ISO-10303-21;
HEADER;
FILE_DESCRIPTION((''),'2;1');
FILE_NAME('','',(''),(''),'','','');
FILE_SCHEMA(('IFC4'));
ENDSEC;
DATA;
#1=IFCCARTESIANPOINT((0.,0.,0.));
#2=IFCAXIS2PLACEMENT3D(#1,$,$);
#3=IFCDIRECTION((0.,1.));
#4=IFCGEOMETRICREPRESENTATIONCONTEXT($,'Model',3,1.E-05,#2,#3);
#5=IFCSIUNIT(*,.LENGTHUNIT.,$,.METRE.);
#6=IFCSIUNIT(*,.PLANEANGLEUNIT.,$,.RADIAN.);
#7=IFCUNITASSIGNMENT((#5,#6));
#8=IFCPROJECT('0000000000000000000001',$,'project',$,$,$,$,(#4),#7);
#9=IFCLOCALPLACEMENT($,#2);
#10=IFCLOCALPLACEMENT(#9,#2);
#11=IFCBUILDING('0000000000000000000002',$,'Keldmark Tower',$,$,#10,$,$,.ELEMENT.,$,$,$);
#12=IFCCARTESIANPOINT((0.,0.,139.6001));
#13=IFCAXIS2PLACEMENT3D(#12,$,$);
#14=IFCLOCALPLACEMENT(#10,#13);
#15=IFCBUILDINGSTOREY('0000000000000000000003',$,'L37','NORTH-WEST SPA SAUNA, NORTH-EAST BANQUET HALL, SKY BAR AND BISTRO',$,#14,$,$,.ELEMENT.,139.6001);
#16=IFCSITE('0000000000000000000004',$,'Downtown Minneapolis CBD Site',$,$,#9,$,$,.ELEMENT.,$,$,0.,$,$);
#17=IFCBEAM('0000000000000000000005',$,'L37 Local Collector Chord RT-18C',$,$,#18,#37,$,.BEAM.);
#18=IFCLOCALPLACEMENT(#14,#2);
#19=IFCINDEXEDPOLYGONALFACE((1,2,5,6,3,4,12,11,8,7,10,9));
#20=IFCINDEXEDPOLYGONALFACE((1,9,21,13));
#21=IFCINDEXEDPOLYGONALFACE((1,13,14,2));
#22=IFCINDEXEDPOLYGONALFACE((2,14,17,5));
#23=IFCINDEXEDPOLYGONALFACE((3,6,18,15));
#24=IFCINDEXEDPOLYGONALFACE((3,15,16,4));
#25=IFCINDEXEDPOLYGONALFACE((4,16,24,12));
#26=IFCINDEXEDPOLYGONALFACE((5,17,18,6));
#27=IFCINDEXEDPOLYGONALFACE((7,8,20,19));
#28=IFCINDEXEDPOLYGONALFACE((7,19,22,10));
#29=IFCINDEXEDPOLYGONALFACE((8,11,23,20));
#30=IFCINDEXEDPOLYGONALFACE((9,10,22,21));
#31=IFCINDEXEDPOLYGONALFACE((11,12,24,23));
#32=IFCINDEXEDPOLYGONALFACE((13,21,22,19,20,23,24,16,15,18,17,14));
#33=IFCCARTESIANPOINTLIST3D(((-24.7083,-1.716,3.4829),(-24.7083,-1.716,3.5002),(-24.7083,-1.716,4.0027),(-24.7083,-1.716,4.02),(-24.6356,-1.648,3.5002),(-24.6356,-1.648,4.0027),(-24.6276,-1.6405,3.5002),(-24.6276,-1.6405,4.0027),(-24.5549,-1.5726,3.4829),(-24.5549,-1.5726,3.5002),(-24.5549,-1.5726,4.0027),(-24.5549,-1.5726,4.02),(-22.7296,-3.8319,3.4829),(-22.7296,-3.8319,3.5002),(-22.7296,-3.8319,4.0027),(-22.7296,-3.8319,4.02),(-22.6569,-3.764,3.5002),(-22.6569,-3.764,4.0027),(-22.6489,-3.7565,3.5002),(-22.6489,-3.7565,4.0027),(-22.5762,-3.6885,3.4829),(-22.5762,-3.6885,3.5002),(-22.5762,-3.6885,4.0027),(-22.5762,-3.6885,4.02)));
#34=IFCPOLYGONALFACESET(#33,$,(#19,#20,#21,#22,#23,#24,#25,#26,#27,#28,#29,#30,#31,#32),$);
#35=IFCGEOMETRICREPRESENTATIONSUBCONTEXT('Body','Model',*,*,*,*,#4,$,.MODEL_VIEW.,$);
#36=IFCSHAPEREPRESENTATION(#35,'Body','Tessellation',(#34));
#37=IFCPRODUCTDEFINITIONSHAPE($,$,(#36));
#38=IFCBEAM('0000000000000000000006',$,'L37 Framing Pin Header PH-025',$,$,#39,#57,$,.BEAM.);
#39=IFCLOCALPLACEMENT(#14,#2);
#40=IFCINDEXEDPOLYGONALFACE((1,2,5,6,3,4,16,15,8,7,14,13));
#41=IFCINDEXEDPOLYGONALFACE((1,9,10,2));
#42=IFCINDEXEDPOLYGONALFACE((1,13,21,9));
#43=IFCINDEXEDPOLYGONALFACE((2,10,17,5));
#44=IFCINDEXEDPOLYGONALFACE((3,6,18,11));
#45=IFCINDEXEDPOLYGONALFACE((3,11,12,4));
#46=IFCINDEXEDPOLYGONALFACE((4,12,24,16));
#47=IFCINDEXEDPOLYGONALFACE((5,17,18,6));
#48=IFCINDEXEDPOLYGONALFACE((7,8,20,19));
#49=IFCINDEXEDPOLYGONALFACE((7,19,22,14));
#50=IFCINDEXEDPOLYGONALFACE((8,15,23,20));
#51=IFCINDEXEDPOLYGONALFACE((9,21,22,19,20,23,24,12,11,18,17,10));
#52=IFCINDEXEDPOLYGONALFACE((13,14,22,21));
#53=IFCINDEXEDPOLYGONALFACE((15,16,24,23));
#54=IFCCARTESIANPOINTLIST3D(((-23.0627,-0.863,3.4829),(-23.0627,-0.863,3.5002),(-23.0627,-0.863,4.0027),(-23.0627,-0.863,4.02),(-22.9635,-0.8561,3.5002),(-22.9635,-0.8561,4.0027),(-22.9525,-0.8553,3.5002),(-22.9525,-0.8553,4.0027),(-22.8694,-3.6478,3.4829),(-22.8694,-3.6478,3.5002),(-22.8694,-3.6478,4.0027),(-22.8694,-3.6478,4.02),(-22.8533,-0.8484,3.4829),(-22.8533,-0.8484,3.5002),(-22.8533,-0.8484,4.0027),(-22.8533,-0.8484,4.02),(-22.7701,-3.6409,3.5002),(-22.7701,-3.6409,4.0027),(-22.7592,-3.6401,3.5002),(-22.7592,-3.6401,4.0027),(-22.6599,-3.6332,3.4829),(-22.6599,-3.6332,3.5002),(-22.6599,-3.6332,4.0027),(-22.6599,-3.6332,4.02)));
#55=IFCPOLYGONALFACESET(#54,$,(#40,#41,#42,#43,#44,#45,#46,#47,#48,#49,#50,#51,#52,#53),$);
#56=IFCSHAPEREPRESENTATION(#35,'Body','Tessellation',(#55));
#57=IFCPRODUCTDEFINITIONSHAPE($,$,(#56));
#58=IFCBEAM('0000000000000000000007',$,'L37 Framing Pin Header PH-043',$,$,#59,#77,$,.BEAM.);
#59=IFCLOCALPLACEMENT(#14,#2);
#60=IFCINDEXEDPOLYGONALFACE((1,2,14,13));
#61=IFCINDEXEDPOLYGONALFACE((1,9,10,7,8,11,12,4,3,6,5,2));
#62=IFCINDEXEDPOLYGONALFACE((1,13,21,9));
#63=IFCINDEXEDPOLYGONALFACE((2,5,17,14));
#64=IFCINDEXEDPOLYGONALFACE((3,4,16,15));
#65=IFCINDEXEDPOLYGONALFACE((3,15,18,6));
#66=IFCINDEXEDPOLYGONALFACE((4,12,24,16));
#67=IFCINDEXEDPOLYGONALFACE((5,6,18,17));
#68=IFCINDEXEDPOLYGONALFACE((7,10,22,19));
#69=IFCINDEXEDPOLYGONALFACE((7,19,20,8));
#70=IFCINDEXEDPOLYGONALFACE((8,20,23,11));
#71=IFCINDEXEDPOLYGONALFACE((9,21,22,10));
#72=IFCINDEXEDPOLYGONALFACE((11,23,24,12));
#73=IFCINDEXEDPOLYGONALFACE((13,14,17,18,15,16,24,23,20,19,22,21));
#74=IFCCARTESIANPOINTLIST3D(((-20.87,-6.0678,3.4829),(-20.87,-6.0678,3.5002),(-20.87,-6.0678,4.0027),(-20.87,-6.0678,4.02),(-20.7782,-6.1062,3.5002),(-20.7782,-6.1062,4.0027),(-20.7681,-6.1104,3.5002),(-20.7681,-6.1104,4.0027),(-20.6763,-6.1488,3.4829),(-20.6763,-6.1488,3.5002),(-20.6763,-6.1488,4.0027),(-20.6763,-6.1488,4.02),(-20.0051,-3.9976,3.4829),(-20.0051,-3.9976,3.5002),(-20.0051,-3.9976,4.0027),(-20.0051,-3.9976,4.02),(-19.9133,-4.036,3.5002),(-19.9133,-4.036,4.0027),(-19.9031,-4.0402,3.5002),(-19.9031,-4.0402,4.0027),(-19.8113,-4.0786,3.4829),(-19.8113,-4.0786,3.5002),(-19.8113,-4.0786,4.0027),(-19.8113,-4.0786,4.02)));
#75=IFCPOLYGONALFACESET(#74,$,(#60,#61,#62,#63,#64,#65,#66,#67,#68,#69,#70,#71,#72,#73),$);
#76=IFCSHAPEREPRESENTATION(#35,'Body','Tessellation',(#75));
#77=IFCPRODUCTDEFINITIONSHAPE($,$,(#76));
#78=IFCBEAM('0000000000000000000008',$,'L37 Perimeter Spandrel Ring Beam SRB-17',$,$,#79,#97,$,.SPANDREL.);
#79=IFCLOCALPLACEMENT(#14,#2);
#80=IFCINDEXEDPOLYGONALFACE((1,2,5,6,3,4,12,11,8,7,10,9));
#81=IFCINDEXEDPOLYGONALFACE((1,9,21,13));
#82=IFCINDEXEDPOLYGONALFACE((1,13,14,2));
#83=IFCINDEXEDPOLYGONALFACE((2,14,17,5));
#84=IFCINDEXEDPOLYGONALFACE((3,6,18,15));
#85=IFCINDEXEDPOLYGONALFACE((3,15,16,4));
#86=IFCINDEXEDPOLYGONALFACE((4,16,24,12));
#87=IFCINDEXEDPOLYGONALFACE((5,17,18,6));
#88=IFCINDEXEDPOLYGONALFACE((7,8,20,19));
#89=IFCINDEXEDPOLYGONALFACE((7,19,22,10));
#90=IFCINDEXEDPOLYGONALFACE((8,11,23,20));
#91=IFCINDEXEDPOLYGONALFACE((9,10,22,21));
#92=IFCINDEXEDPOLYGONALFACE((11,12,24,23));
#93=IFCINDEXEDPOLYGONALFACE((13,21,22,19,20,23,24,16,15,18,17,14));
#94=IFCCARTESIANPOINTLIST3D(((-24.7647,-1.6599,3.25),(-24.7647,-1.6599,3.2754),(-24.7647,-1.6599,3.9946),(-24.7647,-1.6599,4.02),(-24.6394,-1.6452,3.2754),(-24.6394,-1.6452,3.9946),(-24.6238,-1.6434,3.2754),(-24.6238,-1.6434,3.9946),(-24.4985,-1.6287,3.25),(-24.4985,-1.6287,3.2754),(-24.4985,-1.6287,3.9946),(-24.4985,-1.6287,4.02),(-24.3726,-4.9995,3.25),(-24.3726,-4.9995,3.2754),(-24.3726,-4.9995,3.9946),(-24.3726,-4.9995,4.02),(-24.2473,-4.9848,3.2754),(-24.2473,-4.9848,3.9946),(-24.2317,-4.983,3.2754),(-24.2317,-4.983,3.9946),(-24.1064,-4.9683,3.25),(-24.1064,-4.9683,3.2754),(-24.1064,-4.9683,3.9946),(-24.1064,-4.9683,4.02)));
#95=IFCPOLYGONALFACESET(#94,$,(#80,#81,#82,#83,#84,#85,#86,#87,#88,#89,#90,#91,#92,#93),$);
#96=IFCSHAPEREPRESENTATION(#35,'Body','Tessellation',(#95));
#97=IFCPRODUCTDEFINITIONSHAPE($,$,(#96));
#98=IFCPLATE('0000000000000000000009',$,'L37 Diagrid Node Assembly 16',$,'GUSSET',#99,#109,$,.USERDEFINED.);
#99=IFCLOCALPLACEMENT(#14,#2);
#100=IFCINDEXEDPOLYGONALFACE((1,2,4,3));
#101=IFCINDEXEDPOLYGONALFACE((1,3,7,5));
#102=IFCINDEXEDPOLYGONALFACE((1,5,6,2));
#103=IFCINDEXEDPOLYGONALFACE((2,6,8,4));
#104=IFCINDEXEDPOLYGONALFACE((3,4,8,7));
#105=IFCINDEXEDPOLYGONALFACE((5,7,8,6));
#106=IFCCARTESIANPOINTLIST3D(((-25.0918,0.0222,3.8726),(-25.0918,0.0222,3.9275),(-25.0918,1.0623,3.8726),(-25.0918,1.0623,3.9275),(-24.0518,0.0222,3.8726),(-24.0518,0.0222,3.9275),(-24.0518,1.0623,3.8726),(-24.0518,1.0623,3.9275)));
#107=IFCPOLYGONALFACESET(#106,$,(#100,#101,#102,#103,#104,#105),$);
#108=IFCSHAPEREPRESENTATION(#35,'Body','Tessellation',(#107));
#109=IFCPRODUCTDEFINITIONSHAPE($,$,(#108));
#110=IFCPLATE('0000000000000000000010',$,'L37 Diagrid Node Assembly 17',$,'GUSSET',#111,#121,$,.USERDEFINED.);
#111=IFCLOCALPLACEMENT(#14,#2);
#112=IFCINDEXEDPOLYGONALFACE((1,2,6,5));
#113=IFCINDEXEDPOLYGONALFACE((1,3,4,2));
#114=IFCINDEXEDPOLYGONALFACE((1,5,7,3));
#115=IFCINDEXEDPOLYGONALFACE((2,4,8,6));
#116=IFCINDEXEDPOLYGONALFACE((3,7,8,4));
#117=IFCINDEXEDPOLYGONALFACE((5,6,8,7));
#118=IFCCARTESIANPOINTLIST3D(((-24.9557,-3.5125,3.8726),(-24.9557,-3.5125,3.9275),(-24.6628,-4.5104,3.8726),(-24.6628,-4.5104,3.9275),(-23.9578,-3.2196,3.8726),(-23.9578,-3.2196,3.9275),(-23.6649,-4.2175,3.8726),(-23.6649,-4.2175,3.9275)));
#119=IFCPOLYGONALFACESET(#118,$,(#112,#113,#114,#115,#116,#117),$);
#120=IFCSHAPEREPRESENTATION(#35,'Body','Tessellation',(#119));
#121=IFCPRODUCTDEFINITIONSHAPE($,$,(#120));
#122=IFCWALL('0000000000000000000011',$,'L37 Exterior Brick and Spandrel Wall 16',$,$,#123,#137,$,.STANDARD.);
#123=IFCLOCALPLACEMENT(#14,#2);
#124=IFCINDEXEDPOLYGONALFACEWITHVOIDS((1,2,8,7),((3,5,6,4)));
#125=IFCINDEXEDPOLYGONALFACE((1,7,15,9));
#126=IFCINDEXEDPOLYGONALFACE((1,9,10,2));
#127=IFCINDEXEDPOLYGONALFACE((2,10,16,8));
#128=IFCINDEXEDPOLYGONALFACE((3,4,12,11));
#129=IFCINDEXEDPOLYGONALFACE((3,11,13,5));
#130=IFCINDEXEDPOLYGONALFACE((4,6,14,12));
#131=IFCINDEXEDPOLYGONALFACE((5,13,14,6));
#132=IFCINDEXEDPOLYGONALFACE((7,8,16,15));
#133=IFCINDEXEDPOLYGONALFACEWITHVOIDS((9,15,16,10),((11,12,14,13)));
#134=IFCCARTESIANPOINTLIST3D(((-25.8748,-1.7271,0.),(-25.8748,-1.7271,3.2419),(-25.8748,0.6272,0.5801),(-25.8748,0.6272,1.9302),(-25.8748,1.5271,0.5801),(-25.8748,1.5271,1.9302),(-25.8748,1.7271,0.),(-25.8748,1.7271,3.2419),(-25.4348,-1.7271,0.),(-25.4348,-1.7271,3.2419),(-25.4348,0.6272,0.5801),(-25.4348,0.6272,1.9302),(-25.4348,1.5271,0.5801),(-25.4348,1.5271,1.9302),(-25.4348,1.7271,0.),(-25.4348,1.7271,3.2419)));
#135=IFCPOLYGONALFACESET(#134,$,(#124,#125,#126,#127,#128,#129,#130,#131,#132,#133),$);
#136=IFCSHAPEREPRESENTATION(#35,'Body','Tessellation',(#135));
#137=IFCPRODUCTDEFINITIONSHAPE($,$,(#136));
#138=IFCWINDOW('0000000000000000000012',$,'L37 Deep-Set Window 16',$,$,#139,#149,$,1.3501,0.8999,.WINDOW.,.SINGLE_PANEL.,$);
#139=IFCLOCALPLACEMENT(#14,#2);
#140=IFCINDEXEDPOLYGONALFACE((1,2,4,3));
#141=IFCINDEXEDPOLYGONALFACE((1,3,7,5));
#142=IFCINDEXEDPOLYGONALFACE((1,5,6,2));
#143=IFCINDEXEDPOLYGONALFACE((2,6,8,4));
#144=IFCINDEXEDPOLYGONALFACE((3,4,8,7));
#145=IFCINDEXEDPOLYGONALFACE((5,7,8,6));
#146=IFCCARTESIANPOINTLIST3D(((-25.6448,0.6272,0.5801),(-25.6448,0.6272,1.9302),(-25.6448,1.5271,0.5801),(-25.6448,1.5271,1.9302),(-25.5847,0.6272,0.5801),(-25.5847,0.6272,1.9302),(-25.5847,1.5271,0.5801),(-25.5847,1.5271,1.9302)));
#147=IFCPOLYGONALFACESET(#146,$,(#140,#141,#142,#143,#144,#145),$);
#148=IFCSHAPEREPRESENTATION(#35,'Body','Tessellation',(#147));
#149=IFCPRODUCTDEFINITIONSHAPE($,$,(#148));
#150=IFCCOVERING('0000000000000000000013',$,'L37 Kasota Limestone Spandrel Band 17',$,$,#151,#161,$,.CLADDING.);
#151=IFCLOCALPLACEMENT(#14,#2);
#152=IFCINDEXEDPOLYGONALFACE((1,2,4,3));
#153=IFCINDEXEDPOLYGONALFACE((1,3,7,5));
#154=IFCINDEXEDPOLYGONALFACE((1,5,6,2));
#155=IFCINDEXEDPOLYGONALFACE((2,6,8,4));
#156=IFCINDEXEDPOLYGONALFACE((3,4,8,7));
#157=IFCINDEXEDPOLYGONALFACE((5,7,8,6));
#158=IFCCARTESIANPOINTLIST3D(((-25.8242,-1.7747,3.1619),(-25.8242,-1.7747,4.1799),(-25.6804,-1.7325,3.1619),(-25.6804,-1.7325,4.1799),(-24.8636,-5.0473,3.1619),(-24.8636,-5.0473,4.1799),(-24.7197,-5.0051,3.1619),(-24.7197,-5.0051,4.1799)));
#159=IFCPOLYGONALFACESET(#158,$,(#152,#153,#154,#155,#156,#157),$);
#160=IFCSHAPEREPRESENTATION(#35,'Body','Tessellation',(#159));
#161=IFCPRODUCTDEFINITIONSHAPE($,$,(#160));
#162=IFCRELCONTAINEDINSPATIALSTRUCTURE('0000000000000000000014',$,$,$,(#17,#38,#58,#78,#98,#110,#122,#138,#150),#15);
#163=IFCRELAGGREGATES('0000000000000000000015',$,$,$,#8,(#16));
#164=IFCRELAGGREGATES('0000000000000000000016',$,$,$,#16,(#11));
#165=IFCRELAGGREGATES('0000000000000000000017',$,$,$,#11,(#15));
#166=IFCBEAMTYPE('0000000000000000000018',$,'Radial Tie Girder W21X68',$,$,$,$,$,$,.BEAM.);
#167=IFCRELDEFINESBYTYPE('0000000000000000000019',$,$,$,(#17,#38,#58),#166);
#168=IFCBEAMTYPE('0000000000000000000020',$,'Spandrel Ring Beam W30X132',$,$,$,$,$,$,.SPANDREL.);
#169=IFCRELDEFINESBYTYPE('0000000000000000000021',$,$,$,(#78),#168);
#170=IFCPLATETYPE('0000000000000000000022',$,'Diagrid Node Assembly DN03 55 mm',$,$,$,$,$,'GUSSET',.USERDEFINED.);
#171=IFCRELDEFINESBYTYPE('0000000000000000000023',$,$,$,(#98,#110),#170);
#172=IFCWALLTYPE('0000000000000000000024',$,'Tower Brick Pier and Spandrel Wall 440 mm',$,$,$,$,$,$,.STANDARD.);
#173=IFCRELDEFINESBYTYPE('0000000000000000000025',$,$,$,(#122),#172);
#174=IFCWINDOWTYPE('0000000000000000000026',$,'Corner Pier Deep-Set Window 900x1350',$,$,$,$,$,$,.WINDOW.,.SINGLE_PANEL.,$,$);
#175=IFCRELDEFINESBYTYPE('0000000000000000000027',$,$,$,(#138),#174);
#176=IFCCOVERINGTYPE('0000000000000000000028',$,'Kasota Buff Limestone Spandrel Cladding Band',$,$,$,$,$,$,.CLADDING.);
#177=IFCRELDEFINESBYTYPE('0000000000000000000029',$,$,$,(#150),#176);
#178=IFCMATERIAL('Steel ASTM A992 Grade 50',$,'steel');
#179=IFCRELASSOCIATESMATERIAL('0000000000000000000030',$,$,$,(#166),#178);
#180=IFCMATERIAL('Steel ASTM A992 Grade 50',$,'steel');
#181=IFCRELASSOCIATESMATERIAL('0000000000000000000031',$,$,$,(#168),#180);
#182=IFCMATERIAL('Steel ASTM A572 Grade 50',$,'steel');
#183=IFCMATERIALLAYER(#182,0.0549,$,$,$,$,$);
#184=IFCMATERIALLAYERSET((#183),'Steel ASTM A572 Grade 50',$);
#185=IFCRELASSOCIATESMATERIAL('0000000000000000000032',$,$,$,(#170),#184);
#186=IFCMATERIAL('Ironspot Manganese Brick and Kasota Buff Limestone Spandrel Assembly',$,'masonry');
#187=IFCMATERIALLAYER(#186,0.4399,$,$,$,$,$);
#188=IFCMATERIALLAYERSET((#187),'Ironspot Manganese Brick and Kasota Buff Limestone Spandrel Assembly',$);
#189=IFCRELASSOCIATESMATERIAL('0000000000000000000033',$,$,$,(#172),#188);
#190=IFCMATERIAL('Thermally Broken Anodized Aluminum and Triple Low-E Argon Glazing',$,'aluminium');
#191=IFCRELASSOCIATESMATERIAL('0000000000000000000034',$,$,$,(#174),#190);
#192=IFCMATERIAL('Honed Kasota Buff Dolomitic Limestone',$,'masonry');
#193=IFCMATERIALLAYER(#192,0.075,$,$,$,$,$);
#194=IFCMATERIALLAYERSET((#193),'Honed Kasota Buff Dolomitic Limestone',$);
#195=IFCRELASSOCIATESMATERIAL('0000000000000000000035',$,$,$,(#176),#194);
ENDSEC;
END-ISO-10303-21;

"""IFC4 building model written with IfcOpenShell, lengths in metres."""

from ifc_helpers import new_model, si_unit, direction, frame, frame_2d, origin, origin_2d, place, context, subcontext, project, spatial, rectangle, i_section, extrude, material, layer, layer_set, material_profile, profile_set, type_object, element, fill, save


model = new_model("IFC4")

# Units and contexts
model_context = context("Model", 3, precision=1e-05, world=origin(), true_north=direction((0.0, 1.0)))
body_context = subcontext(model_context, "Body", "Model", "MODEL_VIEW")
ifc_project = project(units=[si_unit("LENGTHUNIT", "METRE"), si_unit("PLANEANGLEUNIT", "RADIAN")], contexts=[model_context])

# Site, building, storey
site_placement = place(None, origin())
site = spatial("IfcSite", under=ifc_project, at=site_placement, Name="Downtown Minneapolis CBD Site", CompositionType="ELEMENT", RefElevation=0.0)
building_placement = place(site_placement, origin())
building = spatial("IfcBuilding", under=site, at=building_placement, Name="Keldmark Tower", CompositionType="ELEMENT")
storey_placement = place(building_placement, frame((0.0, 0.0, 139.6001)))
storey = spatial("IfcBuildingStorey", under=building, at=storey_placement, Name="L37", Description="NORTH-WEST SPA SAUNA, NORTH-EAST BANQUET HALL, SKY BAR AND BISTRO", CompositionType="ELEMENT", Elevation=139.6001)

# Beams
ifc_material_1 = material(Name="Steel ASTM A992 Grade 50", Category="steel")
ifc_material_profile_1 = material_profile(ifc_material_1, i_section(OverallWidth=0.21, OverallDepth=0.5371, WebThickness=0.011, FlangeThickness=0.0173, at=origin_2d()), Name="W21X68")
ifc_profile_set_1 = profile_set([ifc_material_profile_1], Name="Steel ASTM A992 Grade 50")
beam_type_1 = type_object("IfcBeamType", Name="Radial Tie Girder W21X68", PredefinedType="BEAM", material=ifc_profile_set_1)
beam_1_placement = place(storey_placement, frame((-24.6316, -1.6443, 3.7515), z_axis=(0.68303, -0.730391, 0.0), x_axis=(0.730391, 0.68303, 0.0)))
element("IfcBeam", 1, at=beam_1_placement, inside=storey, type_object=beam_type_1, Name="L37 Local Collector Chord RT-18C", PredefinedType="BEAM", context=body_context, shape_type="SweptSolid", body=[
    extrude(i_section(OverallWidth=0.21, OverallDepth=0.5371, WebThickness=0.011, FlangeThickness=0.0173, at=origin_2d()), origin(), (0.0, 0.0, 1.0), 2.897),
])
beam_2_placement = place(storey_placement, frame((-22.958, -0.8557, 3.7515), z_axis=(0.069264, -0.997598, 0.0), x_axis=(0.997598, 0.069264, 0.0)))
element("IfcBeam", 2, at=beam_2_placement, inside=storey, type_object=beam_type_1, Name="L37 Framing Pin Header PH-025", PredefinedType="BEAM", context=body_context, shape_type="SweptSolid", body=[
    extrude(i_section(OverallWidth=0.21, OverallDepth=0.5371, WebThickness=0.011, FlangeThickness=0.0173, at=origin_2d()), origin(), (0.0, 0.0, 1.0), 2.7915),
])
beam_3_placement = place(storey_placement, frame((-19.9082, -4.0381, 3.7515), z_axis=(-0.385511, -0.922703, 0.0), x_axis=(0.922703, -0.385511, 0.0)))
element("IfcBeam", 3, at=beam_3_placement, inside=storey, type_object=beam_type_1, Name="L37 Framing Pin Header PH-043", PredefinedType="BEAM", context=body_context, shape_type="SweptSolid", body=[
    extrude(i_section(OverallWidth=0.21, OverallDepth=0.5371, WebThickness=0.011, FlangeThickness=0.0173, at=origin_2d()), origin(), (0.0, 0.0, 1.0), 2.2437),
])
ifc_material_2 = material(Name="Steel ASTM A992 Grade 50", Category="steel")
ifc_material_profile_2 = material_profile(ifc_material_2, i_section(OverallWidth=0.2681, OverallDepth=0.77, WebThickness=0.0156, FlangeThickness=0.0254, at=origin_2d()), Name="W30X132")
ifc_profile_set_2 = profile_set([ifc_material_profile_2], Name="Steel ASTM A992 Grade 50")
beam_type_2 = type_object("IfcBeamType", Name="Spandrel Ring Beam W30X132", PredefinedType="SPANDREL", material=ifc_profile_set_2)
beam_4_placement = place(storey_placement, frame((-24.6316, -1.6443, 3.635), z_axis=(0.116605, -0.993178, 0.0), x_axis=(0.993178, 0.116605, 0.0)))
element("IfcBeam", 4, at=beam_4_placement, inside=storey, type_object=beam_type_2, Name="L37 Perimeter Spandrel Ring Beam SRB-17", PredefinedType="SPANDREL", context=body_context, shape_type="SweptSolid", body=[
    extrude(i_section(OverallWidth=0.2681, OverallDepth=0.77, WebThickness=0.0156, FlangeThickness=0.0254, at=origin_2d()), origin(), (0.0, 0.0, 1.0), 3.3625),
])

# Plates
ifc_material_3 = material(Name="Steel ASTM A572 Grade 50", Category="steel")
ifc_layer_1 = layer(ifc_material_3, 0.0549)
ifc_layer_set_1 = layer_set([ifc_layer_1], Name="Steel ASTM A572 Grade 50")
plate_type = type_object("IfcPlateType", Name="Diagrid Node Assembly DN03 55 mm", ElementType="GUSSET", PredefinedType="USERDEFINED", material=ifc_layer_set_1)
for number, where, z_axis, x_axis, name in (
    (5, (-24.5718, 0.5422, 3.8726), (0.0, 0.0, 1.0), (0.0, -1.0, 0.0), "L37 Diagrid Node Assembly 16"),
    (6, (-24.3103, -3.865, 3.8726), (0.0, 0.0, 1.0), (0.281672, -0.959511, 0.0), "L37 Diagrid Node Assembly 17"),
):
    element("IfcPlate", number, at=place(storey_placement, frame(where, z_axis=z_axis, x_axis=x_axis)), inside=storey, type_object=plate_type, Name=name, ObjectType="GUSSET", PredefinedType="USERDEFINED", context=body_context, shape_type="SweptSolid", body=[
        extrude(rectangle(XDim=1.04, YDim=1.04, at=origin_2d()), origin(), (0.0, 0.0, 1.0), 0.0549),
    ])

# Wall, opening, window
ifc_material_4 = material(Name="Ironspot Manganese Brick and Kasota Buff Limestone Spandrel Assembly", Category="masonry")
ifc_layer_2 = layer(ifc_material_4, 0.4399)
ifc_layer_set_2 = layer_set([ifc_layer_2], Name="Ironspot Manganese Brick and Kasota Buff Limestone Spandrel Assembly")
wall_type = type_object("IfcWallType", Name="Tower Brick Pier and Spandrel Wall 440 mm", PredefinedType="STANDARD", material=ifc_layer_set_2)
wall_placement = place(storey_placement, frame((-25.6548, -1.7271, 0.0), z_axis=(0.0, 0.0, 1.0), x_axis=(0.0, 1.0, 0.0)))
wall = element("IfcWall", 7, at=wall_placement, inside=storey, type_object=wall_type, Name="L37 Exterior Brick and Spandrel Wall 16", PredefinedType="STANDARD", context=body_context, shape_type="SweptSolid", body=[
    extrude(rectangle(XDim=3.4541, YDim=0.4399, at=frame_2d((1.7271, 0.0))), origin(), (0.0, 0.0, 1.0), 3.2419),
])
opening_placement = place(wall_placement, frame((2.3542, 0.0, 0.5801)))
opening = element("IfcOpeningElement", 8, at=opening_placement, cuts=wall, PredefinedType="OPENING", context=body_context, shape_type="SweptSolid", body=[
    extrude(rectangle(XDim=0.8999, YDim=1.3501, at=frame_2d((0.45, 0.675))), frame((0.0, 0.23, 0.0), z_axis=(0.0, -1.0, 0.0), x_axis=(1.0, 0.0, 0.0)), (0.0, 0.0, 1.0), 0.46),
])
ifc_material_5 = material(Name="Thermally Broken Anodized Aluminum and Triple Low-E Argon Glazing", Category="aluminium")
window_type = type_object("IfcWindowType", Name="Corner Pier Deep-Set Window 900x1350", PartitioningType="SINGLE_PANEL", PredefinedType="WINDOW", material=ifc_material_5)
window_placement = place(opening_placement, origin())
window = element("IfcWindow", 9, at=window_placement, inside=storey, type_object=window_type, Name="L37 Deep-Set Window 16", OverallHeight=1.3501, OverallWidth=0.8999, PartitioningType="SINGLE_PANEL", PredefinedType="WINDOW", context=body_context, shape_type="SweptSolid", body=[
    extrude(rectangle(XDim=0.8999, YDim=1.3501, at=frame_2d((0.45, 0.675))), frame((0.0, -0.01, 0.0), z_axis=(0.0, -1.0, 0.0), x_axis=(1.0, 0.0, 0.0)), (0.0, 0.0, 1.0), 0.0601),
])
fill(opening, window)

# Covering
ifc_material_6 = material(Name="Honed Kasota Buff Dolomitic Limestone", Category="masonry")
ifc_layer_3 = layer(ifc_material_6, 0.075)
ifc_layer_set_3 = layer_set([ifc_layer_3], Name="Honed Kasota Buff Dolomitic Limestone")
covering_type = type_object("IfcCoveringType", Name="Kasota Buff Limestone Spandrel Cladding Band", PredefinedType="CLADDING", material=ifc_layer_set_3)
covering_placement = place(storey_placement, frame((-25.272, -3.3899, 3.1619), z_axis=(0.0, 0.0, 1.0), x_axis=(0.281655, -0.959516, 0.0)))
element("IfcCovering", 10, at=covering_placement, inside=storey, type_object=covering_type, Name="L37 Kasota Limestone Spandrel Band 17", PredefinedType="CLADDING", context=body_context, shape_type="SweptSolid", body=[
    extrude(rectangle(XDim=3.4106, YDim=0.1499, at=origin_2d()), origin(), (0.0, 0.0, 1.0), 1.0181),
])

save(model, "model.ifc")
